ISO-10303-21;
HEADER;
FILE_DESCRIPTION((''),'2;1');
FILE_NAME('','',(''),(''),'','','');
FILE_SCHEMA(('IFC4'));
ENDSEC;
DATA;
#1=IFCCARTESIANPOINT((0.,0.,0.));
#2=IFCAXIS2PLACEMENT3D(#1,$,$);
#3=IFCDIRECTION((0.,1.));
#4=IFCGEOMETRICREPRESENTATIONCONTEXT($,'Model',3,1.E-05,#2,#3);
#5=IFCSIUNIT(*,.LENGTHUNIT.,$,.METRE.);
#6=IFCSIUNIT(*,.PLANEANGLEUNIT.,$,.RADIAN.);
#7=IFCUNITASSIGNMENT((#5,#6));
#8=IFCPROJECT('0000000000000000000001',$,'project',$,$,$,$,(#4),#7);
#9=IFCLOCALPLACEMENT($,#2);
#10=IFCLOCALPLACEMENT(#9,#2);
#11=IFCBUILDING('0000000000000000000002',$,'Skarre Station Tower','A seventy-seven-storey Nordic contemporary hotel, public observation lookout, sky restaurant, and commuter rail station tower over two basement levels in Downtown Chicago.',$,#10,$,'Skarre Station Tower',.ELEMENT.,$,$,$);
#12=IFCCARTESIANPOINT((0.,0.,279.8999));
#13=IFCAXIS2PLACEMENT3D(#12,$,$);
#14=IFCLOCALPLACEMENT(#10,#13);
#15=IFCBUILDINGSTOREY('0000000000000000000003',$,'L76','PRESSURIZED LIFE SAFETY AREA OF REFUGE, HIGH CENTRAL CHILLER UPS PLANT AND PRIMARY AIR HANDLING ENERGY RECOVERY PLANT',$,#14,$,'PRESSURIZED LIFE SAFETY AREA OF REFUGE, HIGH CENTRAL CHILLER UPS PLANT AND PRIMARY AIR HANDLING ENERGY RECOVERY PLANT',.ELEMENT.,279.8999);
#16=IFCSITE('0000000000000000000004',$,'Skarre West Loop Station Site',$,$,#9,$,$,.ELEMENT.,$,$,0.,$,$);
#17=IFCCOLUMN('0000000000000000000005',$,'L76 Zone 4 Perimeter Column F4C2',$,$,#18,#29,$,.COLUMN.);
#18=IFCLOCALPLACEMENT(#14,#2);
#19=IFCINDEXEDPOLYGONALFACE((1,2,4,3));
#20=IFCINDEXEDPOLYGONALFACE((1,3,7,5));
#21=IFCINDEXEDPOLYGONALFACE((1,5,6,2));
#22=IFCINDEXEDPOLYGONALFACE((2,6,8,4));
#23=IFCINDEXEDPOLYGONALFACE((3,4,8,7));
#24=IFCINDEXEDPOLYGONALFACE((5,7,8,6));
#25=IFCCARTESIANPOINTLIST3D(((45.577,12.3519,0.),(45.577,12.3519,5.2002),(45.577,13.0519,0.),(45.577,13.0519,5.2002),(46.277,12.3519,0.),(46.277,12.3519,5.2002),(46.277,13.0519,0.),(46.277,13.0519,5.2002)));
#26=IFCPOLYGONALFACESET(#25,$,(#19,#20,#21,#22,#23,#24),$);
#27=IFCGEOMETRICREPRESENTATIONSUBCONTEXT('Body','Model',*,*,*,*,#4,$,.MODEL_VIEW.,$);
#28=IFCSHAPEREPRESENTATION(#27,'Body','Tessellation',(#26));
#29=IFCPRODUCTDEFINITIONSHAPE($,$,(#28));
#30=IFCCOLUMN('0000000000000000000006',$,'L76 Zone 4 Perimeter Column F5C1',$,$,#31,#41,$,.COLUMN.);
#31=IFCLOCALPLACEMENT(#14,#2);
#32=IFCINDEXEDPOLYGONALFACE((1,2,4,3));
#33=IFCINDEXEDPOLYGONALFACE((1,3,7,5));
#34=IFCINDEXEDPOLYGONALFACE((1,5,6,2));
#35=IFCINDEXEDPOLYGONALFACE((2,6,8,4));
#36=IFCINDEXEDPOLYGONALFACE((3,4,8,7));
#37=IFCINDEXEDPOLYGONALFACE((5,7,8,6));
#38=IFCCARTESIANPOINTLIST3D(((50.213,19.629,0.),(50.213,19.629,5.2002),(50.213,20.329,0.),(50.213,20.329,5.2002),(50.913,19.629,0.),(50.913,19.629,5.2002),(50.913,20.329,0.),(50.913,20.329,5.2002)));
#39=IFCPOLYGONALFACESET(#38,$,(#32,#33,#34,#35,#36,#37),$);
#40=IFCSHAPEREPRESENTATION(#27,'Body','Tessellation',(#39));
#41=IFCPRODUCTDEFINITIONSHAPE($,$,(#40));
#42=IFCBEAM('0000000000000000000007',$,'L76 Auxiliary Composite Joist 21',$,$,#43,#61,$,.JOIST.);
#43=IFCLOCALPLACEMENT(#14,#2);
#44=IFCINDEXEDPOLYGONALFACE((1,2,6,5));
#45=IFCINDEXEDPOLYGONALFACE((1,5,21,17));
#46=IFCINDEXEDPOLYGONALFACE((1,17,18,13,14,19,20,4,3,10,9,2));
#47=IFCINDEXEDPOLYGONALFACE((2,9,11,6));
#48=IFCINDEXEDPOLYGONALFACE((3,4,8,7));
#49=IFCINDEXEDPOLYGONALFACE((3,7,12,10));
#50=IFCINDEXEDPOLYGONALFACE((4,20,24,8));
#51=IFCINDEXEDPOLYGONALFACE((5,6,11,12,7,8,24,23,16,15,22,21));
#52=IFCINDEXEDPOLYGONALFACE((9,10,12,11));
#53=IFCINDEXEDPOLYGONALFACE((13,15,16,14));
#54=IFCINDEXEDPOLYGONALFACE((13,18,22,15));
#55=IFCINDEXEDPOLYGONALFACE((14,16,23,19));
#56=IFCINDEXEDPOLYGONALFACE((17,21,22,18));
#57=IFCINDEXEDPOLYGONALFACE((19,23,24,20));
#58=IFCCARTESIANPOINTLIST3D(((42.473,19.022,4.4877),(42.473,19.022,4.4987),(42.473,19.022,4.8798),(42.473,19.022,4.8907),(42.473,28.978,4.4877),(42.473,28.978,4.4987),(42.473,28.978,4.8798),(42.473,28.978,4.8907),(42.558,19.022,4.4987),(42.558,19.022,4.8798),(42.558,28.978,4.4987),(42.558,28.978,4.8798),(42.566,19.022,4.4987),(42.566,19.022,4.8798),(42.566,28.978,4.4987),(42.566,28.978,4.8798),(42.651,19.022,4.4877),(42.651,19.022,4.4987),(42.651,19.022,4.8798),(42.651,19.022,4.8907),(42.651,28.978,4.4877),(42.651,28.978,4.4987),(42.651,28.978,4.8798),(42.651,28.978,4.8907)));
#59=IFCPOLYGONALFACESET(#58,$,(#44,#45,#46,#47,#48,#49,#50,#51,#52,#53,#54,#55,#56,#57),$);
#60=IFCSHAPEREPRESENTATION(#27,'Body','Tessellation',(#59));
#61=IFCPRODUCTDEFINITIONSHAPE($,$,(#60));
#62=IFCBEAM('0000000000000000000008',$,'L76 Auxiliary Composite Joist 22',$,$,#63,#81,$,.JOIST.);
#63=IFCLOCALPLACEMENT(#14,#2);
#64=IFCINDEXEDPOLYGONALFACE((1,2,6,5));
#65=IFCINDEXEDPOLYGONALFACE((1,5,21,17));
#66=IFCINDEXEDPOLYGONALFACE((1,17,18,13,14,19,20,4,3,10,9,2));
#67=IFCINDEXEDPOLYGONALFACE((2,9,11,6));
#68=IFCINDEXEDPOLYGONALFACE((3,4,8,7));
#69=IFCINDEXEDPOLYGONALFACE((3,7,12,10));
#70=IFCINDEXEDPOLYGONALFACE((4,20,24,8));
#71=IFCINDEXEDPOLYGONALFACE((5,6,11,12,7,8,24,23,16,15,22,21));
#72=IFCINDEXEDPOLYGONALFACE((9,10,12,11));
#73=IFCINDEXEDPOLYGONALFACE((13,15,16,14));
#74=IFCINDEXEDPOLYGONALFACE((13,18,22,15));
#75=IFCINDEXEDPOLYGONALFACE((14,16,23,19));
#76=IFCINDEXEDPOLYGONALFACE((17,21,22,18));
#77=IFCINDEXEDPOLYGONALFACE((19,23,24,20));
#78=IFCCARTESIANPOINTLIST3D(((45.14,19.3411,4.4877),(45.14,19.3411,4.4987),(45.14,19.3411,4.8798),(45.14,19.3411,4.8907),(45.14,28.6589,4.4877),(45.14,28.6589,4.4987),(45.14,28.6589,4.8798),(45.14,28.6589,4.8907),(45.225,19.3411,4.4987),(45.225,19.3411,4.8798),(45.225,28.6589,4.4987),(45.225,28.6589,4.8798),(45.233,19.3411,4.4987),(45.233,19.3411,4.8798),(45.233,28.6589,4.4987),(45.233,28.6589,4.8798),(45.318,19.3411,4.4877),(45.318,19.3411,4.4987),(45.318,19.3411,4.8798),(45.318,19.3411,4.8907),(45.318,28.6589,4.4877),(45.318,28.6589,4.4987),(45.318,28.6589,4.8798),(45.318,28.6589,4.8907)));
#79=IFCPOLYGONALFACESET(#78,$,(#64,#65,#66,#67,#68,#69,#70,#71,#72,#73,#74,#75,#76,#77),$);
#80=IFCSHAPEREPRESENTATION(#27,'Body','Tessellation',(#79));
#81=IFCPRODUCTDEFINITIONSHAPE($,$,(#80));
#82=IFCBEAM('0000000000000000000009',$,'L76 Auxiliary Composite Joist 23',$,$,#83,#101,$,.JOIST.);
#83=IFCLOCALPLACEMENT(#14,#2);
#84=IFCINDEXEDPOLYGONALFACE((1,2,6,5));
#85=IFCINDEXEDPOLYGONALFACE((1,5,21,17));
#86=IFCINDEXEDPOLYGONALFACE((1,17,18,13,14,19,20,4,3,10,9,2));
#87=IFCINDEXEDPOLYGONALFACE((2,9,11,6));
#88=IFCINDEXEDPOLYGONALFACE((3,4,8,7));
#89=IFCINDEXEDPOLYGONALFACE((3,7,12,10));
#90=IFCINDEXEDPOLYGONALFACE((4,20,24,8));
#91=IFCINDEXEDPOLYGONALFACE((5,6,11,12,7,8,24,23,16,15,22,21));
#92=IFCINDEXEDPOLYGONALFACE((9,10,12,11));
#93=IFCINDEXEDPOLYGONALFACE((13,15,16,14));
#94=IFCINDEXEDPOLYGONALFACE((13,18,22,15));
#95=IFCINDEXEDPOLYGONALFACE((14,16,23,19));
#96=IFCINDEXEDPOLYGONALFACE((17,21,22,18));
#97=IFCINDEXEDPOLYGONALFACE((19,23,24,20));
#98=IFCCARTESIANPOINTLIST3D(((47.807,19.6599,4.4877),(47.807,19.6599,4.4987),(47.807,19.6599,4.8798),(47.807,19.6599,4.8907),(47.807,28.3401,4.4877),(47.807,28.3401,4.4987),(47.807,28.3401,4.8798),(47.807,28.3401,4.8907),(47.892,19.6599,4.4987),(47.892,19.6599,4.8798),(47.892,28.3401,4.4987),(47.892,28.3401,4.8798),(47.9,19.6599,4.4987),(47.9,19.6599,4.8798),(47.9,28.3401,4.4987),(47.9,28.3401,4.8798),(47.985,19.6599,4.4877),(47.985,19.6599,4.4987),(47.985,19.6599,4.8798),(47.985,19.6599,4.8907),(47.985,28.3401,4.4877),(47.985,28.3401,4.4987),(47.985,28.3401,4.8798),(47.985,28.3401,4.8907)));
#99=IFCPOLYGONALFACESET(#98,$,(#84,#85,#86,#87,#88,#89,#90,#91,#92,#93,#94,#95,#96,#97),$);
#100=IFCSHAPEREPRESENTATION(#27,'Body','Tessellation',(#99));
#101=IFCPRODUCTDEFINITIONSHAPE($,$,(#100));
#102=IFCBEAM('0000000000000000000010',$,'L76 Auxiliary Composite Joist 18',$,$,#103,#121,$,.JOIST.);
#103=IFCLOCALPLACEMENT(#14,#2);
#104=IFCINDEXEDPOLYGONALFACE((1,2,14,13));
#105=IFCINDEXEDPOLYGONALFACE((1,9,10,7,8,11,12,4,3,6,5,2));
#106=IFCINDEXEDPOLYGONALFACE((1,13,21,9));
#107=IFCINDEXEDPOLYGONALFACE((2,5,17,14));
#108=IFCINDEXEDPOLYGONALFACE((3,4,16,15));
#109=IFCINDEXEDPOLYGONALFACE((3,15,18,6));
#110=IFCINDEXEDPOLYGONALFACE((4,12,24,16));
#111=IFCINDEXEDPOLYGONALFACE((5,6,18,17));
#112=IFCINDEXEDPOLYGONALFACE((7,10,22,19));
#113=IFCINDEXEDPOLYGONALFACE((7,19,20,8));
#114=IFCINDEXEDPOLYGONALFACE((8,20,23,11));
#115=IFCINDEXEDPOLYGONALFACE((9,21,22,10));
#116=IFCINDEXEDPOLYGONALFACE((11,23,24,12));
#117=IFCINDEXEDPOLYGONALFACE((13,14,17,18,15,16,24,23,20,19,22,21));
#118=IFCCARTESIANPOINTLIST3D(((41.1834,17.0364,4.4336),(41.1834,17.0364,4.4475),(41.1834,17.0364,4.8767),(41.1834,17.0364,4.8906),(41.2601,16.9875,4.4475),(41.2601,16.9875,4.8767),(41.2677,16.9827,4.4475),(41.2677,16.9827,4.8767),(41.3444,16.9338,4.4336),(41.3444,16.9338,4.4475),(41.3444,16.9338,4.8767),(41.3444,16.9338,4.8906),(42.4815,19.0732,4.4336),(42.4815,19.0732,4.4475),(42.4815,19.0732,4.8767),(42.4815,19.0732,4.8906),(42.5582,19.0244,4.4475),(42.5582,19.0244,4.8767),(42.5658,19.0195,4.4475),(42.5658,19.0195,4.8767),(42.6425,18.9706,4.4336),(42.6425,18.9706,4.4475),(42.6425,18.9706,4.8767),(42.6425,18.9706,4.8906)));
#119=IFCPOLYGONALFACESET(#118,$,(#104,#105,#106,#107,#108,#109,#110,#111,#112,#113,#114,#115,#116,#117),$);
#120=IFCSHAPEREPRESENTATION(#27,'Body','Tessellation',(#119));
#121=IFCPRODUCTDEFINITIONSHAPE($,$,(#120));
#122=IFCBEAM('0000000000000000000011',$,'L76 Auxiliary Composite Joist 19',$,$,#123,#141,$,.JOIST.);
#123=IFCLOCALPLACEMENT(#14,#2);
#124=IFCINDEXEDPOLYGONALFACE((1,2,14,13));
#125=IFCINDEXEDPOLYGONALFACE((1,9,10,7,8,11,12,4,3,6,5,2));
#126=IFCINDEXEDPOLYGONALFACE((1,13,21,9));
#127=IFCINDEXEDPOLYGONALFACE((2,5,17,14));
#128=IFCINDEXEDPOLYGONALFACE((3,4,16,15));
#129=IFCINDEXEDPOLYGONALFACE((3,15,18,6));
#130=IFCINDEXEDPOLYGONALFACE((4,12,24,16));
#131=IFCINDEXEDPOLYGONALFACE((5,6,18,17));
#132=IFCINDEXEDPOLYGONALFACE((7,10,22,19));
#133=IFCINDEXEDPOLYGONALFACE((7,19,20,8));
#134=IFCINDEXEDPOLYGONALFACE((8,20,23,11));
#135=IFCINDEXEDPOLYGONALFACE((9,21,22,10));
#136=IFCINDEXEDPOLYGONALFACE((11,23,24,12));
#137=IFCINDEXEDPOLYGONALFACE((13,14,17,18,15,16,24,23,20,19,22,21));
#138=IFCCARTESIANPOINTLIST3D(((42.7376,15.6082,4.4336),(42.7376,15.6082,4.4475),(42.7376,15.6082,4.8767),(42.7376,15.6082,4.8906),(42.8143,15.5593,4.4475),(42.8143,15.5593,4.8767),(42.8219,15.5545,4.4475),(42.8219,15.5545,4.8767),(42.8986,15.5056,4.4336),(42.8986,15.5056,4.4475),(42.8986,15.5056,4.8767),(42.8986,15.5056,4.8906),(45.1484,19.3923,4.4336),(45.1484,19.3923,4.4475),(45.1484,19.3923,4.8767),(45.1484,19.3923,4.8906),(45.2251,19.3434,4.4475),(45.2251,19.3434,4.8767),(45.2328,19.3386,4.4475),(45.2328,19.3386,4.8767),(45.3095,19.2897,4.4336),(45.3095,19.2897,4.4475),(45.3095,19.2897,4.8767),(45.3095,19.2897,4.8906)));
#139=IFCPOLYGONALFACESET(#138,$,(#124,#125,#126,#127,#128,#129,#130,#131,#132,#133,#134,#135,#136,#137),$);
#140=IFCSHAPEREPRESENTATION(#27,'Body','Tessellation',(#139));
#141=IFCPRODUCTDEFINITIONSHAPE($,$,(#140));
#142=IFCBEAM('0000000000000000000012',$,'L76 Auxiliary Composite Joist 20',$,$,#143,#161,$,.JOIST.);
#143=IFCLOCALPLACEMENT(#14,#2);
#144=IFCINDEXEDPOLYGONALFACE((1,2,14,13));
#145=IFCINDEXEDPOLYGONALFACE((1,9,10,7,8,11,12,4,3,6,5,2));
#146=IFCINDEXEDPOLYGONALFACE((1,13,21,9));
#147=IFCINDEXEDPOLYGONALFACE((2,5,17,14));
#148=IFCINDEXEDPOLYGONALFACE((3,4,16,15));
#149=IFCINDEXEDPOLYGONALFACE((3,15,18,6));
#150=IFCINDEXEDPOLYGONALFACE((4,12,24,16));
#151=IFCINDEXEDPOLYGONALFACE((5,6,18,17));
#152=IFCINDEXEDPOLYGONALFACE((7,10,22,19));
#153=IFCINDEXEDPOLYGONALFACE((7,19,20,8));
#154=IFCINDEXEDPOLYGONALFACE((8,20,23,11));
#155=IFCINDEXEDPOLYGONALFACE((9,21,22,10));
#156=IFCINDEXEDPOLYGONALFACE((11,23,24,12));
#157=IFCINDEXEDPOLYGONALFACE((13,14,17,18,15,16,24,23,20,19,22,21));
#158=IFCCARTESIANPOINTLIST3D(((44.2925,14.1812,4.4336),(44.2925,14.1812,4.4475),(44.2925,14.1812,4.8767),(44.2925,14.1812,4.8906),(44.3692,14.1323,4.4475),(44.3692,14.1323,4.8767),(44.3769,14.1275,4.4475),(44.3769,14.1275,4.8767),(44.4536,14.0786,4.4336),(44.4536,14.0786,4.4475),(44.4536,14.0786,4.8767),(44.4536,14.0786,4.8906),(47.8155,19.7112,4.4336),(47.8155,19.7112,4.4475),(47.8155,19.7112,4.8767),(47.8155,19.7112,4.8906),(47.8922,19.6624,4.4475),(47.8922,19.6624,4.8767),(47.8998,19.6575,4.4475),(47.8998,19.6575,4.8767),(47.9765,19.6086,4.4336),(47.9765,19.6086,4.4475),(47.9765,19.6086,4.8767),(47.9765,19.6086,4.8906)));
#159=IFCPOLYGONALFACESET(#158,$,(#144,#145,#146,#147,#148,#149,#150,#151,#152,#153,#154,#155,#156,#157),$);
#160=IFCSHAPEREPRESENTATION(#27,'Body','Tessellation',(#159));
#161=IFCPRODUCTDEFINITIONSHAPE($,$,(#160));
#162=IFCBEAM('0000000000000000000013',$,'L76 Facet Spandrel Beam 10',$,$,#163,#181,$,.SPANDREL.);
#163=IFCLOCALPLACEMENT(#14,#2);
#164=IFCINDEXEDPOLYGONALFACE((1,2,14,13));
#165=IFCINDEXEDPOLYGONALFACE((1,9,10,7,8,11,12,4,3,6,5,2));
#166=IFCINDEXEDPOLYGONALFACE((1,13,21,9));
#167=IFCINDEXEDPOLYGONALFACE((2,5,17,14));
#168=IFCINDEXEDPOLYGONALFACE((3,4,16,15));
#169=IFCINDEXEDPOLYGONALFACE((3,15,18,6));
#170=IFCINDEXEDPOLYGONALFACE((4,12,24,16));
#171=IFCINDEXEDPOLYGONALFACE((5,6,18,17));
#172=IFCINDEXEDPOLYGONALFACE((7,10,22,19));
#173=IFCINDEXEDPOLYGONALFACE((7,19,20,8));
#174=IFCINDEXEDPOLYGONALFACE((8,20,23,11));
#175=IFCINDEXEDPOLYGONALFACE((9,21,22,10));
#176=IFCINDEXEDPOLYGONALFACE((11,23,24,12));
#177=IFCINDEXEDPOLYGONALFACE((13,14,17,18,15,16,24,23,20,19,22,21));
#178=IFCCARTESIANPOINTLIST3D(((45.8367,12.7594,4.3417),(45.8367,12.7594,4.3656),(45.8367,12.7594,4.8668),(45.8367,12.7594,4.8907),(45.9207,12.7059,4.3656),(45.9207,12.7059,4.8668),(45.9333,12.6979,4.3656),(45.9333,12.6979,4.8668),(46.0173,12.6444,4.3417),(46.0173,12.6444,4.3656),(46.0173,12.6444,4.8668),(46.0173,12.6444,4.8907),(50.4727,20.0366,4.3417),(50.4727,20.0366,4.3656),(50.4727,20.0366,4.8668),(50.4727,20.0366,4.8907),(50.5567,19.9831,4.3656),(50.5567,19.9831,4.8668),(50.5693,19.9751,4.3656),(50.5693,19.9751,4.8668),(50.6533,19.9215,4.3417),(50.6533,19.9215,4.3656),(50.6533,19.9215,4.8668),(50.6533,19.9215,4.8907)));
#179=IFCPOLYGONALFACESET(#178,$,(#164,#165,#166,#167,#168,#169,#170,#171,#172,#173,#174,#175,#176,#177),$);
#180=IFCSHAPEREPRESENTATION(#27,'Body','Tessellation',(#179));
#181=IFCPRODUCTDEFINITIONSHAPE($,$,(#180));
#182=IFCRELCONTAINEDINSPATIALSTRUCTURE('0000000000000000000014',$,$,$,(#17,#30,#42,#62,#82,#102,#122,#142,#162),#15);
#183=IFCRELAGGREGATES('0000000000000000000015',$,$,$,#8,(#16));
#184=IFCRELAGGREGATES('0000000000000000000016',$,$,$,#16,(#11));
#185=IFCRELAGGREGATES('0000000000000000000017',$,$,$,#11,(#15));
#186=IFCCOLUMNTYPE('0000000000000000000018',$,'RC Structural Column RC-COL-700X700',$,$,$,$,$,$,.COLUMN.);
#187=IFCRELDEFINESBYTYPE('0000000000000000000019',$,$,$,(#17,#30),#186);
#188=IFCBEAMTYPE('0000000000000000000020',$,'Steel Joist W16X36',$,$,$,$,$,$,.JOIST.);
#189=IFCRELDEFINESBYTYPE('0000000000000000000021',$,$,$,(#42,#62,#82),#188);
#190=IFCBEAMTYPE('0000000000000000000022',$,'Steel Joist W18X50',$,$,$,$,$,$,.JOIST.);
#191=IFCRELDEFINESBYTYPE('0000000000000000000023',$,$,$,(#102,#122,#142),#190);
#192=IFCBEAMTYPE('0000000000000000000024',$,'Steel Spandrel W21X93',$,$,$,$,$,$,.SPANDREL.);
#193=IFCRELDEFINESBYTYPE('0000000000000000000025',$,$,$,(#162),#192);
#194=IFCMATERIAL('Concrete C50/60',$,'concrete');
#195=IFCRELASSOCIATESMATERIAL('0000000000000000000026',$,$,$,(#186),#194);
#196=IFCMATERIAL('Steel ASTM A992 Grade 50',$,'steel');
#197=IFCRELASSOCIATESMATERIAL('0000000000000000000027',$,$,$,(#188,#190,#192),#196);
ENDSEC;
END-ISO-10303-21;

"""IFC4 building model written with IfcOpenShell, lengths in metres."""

from ifc_helpers import new_model, si_unit, direction, frame, origin, origin_2d, place, context, subcontext, project, spatial, rectangle, i_section, extrude, material, material_profile, profile_set, type_object, element, save


model = new_model("IFC4")

# Units and contexts
model_context = context("Model", 3, precision=1e-05, world=origin(), true_north=direction((0.0, 1.0)))
body_context = subcontext(model_context, "Body", "Model", "MODEL_VIEW")
ifc_project = project(units=[si_unit("LENGTHUNIT", "METRE"), si_unit("PLANEANGLEUNIT", "RADIAN")], contexts=[model_context])

# Site, building, storey
site_placement = place(None, origin())
site = spatial("IfcSite", under=ifc_project, at=site_placement, Name="Skarre West Loop Station Site", CompositionType="ELEMENT", RefElevation=0.0)
building_placement = place(site_placement, origin())
building = spatial("IfcBuilding", under=site, at=building_placement, Name="Skarre Station Tower", Description="A seventy-seven-storey Nordic contemporary hotel, public observation lookout, sky restaurant, and commuter rail station tower over two basement levels in Downtown Chicago.", LongName="Skarre Station Tower", CompositionType="ELEMENT")
storey_placement = place(building_placement, frame((0.0, 0.0, 279.8999)))
storey = spatial("IfcBuildingStorey", under=building, at=storey_placement, Name="L76", Description="PRESSURIZED LIFE SAFETY AREA OF REFUGE, HIGH CENTRAL CHILLER UPS PLANT AND PRIMARY AIR HANDLING ENERGY RECOVERY PLANT", LongName="PRESSURIZED LIFE SAFETY AREA OF REFUGE, HIGH CENTRAL CHILLER UPS PLANT AND PRIMARY AIR HANDLING ENERGY RECOVERY PLANT", CompositionType="ELEMENT", Elevation=279.8999)

# Columns
ifc_material_1 = material(Name="Concrete C50/60", Category="concrete")
ifc_material_profile_1 = material_profile(ifc_material_1, rectangle(XDim=0.7, YDim=0.7, at=origin_2d()), Name="Concrete C50/60")
ifc_profile_set_1 = profile_set([ifc_material_profile_1], Name="Concrete C50/60")
column_type = type_object("IfcColumnType", Name="RC Structural Column RC-COL-700X700", PredefinedType="COLUMN", material=ifc_profile_set_1)
for number, where, z_axis, x_axis, name in (
    (1, (45.927, 12.7019, 0.0), (0.0, 0.0, 1.0), (1.0, 0.0, 0.0), "L76 Zone 4 Perimeter Column F4C2"),
    (2, (50.563, 19.979, 0.0), (0.0, 0.0, 1.0), (1.0, 0.0, 0.0), "L76 Zone 4 Perimeter Column F5C1"),
):
    element("IfcColumn", number, at=place(storey_placement, frame(where, z_axis=z_axis, x_axis=x_axis)), inside=storey, type_object=column_type, Name=name, PredefinedType="COLUMN", context=body_context, shape_type="SweptSolid", body=[
        extrude(rectangle(XDim=0.7, YDim=0.7, at=origin_2d()), origin(), (0.0, 0.0, 1.0), 5.2002),
    ])

# Beams
ifc_material_2 = material(Name="Steel ASTM A992 Grade 50", Category="steel")
ifc_material_profile_2 = material_profile(ifc_material_2, i_section(OverallWidth=0.178, OverallDepth=0.4031, WebThickness=0.0081, FlangeThickness=0.011, at=origin_2d()), Name="Steel ASTM A992 Grade 50")
ifc_profile_set_2 = profile_set([ifc_material_profile_2], Name="Steel ASTM A992 Grade 50")
beam_type_1 = type_object("IfcBeamType", Name="Steel Joist W16X36", PredefinedType="JOIST", material=ifc_profile_set_2)
beam_1_placement = place(storey_placement, frame((42.562, 19.022, 4.6892), z_axis=(0.0, 1.0, 0.0), x_axis=(-1.0, 0.0, 0.0)))
element("IfcBeam", 3, at=beam_1_placement, inside=storey, type_object=beam_type_1, Name="L76 Auxiliary Composite Joist 21", PredefinedType="JOIST", context=body_context, shape_type="SweptSolid", body=[
    extrude(i_section(OverallWidth=0.178, OverallDepth=0.4031, WebThickness=0.0081, FlangeThickness=0.011, at=origin_2d()), origin(), (0.0, 0.0, 1.0), 9.9561),
])
beam_2_placement = place(storey_placement, frame((45.229, 19.3411, 4.6892), z_axis=(0.0, 1.0, 0.0), x_axis=(-1.0, 0.0, 0.0)))
element("IfcBeam", 4, at=beam_2_placement, inside=storey, type_object=beam_type_1, Name="L76 Auxiliary Composite Joist 22", PredefinedType="JOIST", context=body_context, shape_type="SweptSolid", body=[
    extrude(i_section(OverallWidth=0.178, OverallDepth=0.4031, WebThickness=0.0081, FlangeThickness=0.011, at=origin_2d()), origin(), (0.0, 0.0, 1.0), 9.3179),
])
beam_3_placement = place(storey_placement, frame((47.896, 19.6599, 4.6892), z_axis=(0.0, 1.0, 0.0), x_axis=(-1.0, 0.0, 0.0)))
element("IfcBeam", 5, at=beam_3_placement, inside=storey, type_object=beam_type_1, Name="L76 Auxiliary Composite Joist 23", PredefinedType="JOIST", context=body_context, shape_type="SweptSolid", body=[
    extrude(i_section(OverallWidth=0.178, OverallDepth=0.4031, WebThickness=0.0081, FlangeThickness=0.011, at=origin_2d()), origin(), (0.0, 0.0, 1.0), 8.6802),
])
ifc_material_profile_3 = material_profile(ifc_material_2, i_section(OverallWidth=0.1909, OverallDepth=0.457, WebThickness=0.009, FlangeThickness=0.0139, at=origin_2d()), Name="Steel ASTM A992 Grade 50")
ifc_profile_set_3 = profile_set([ifc_material_profile_3], Name="Steel ASTM A992 Grade 50")
beam_type_2 = type_object("IfcBeamType", Name="Steel Joist W18X50", PredefinedType="JOIST", material=ifc_profile_set_3)
beam_4_placement = place(storey_placement, frame((41.2639, 16.9851, 4.6621), z_axis=(0.537438, 0.843303, 0.0), x_axis=(-0.843303, 0.537438, 0.0)))
element("IfcBeam", 6, at=beam_4_placement, inside=storey, type_object=beam_type_2, Name="L76 Auxiliary Composite Joist 18", PredefinedType="JOIST", context=body_context, shape_type="SweptSolid", body=[
    extrude(i_section(OverallWidth=0.1909, OverallDepth=0.457, WebThickness=0.009, FlangeThickness=0.0139, at=origin_2d()), origin(), (0.0, 0.0, 1.0), 2.4153),
])
beam_5_placement = place(storey_placement, frame((42.8181, 15.5569, 4.6621), z_axis=(0.537316, 0.843381, 0.0), x_axis=(-0.843381, 0.537316, 0.0)))
element("IfcBeam", 7, at=beam_5_placement, inside=storey, type_object=beam_type_2, Name="L76 Auxiliary Composite Joist 19", PredefinedType="JOIST", context=body_context, shape_type="SweptSolid", body=[
    extrude(i_section(OverallWidth=0.1909, OverallDepth=0.457, WebThickness=0.009, FlangeThickness=0.0139, at=origin_2d()), origin(), (0.0, 0.0, 1.0), 4.4868),
])
beam_6_placement = place(storey_placement, frame((44.373, 14.1299, 4.6621), z_axis=(0.537292, 0.843396, 0.0), x_axis=(-0.843396, 0.537292, 0.0)))
element("IfcBeam", 8, at=beam_6_placement, inside=storey, type_object=beam_type_2, Name="L76 Auxiliary Composite Joist 20", PredefinedType="JOIST", context=body_context, shape_type="SweptSolid", body=[
    extrude(i_section(OverallWidth=0.1909, OverallDepth=0.457, WebThickness=0.009, FlangeThickness=0.0139, at=origin_2d()), origin(), (0.0, 0.0, 1.0), 6.5569),
])
ifc_material_profile_4 = material_profile(ifc_material_2, i_section(OverallWidth=0.2141, OverallDepth=0.5491, WebThickness=0.0149, FlangeThickness=0.0239, at=origin_2d()), Name="Steel ASTM A992 Grade 50")
ifc_profile_set_4 = profile_set([ifc_material_profile_4], Name="Steel ASTM A992 Grade 50")
beam_type_3 = type_object("IfcBeamType", Name="Steel Spandrel W21X93", PredefinedType="SPANDREL", material=ifc_profile_set_4)
beam_7_placement = place(storey_placement, frame((45.927, 12.7019, 4.6162), z_axis=(0.537297, 0.843393, 0.0), x_axis=(-0.843393, 0.537297, 0.0)))
element("IfcBeam", 9, at=beam_7_placement, inside=storey, type_object=beam_type_3, Name="L76 Facet Spandrel Beam 10", PredefinedType="SPANDREL", context=body_context, shape_type="SweptSolid", body=[
    extrude(i_section(OverallWidth=0.2141, OverallDepth=0.5491, WebThickness=0.0149, FlangeThickness=0.0239, at=origin_2d()), origin(), (0.0, 0.0, 1.0), 8.6284),
])

save(model, "model.ifc")
